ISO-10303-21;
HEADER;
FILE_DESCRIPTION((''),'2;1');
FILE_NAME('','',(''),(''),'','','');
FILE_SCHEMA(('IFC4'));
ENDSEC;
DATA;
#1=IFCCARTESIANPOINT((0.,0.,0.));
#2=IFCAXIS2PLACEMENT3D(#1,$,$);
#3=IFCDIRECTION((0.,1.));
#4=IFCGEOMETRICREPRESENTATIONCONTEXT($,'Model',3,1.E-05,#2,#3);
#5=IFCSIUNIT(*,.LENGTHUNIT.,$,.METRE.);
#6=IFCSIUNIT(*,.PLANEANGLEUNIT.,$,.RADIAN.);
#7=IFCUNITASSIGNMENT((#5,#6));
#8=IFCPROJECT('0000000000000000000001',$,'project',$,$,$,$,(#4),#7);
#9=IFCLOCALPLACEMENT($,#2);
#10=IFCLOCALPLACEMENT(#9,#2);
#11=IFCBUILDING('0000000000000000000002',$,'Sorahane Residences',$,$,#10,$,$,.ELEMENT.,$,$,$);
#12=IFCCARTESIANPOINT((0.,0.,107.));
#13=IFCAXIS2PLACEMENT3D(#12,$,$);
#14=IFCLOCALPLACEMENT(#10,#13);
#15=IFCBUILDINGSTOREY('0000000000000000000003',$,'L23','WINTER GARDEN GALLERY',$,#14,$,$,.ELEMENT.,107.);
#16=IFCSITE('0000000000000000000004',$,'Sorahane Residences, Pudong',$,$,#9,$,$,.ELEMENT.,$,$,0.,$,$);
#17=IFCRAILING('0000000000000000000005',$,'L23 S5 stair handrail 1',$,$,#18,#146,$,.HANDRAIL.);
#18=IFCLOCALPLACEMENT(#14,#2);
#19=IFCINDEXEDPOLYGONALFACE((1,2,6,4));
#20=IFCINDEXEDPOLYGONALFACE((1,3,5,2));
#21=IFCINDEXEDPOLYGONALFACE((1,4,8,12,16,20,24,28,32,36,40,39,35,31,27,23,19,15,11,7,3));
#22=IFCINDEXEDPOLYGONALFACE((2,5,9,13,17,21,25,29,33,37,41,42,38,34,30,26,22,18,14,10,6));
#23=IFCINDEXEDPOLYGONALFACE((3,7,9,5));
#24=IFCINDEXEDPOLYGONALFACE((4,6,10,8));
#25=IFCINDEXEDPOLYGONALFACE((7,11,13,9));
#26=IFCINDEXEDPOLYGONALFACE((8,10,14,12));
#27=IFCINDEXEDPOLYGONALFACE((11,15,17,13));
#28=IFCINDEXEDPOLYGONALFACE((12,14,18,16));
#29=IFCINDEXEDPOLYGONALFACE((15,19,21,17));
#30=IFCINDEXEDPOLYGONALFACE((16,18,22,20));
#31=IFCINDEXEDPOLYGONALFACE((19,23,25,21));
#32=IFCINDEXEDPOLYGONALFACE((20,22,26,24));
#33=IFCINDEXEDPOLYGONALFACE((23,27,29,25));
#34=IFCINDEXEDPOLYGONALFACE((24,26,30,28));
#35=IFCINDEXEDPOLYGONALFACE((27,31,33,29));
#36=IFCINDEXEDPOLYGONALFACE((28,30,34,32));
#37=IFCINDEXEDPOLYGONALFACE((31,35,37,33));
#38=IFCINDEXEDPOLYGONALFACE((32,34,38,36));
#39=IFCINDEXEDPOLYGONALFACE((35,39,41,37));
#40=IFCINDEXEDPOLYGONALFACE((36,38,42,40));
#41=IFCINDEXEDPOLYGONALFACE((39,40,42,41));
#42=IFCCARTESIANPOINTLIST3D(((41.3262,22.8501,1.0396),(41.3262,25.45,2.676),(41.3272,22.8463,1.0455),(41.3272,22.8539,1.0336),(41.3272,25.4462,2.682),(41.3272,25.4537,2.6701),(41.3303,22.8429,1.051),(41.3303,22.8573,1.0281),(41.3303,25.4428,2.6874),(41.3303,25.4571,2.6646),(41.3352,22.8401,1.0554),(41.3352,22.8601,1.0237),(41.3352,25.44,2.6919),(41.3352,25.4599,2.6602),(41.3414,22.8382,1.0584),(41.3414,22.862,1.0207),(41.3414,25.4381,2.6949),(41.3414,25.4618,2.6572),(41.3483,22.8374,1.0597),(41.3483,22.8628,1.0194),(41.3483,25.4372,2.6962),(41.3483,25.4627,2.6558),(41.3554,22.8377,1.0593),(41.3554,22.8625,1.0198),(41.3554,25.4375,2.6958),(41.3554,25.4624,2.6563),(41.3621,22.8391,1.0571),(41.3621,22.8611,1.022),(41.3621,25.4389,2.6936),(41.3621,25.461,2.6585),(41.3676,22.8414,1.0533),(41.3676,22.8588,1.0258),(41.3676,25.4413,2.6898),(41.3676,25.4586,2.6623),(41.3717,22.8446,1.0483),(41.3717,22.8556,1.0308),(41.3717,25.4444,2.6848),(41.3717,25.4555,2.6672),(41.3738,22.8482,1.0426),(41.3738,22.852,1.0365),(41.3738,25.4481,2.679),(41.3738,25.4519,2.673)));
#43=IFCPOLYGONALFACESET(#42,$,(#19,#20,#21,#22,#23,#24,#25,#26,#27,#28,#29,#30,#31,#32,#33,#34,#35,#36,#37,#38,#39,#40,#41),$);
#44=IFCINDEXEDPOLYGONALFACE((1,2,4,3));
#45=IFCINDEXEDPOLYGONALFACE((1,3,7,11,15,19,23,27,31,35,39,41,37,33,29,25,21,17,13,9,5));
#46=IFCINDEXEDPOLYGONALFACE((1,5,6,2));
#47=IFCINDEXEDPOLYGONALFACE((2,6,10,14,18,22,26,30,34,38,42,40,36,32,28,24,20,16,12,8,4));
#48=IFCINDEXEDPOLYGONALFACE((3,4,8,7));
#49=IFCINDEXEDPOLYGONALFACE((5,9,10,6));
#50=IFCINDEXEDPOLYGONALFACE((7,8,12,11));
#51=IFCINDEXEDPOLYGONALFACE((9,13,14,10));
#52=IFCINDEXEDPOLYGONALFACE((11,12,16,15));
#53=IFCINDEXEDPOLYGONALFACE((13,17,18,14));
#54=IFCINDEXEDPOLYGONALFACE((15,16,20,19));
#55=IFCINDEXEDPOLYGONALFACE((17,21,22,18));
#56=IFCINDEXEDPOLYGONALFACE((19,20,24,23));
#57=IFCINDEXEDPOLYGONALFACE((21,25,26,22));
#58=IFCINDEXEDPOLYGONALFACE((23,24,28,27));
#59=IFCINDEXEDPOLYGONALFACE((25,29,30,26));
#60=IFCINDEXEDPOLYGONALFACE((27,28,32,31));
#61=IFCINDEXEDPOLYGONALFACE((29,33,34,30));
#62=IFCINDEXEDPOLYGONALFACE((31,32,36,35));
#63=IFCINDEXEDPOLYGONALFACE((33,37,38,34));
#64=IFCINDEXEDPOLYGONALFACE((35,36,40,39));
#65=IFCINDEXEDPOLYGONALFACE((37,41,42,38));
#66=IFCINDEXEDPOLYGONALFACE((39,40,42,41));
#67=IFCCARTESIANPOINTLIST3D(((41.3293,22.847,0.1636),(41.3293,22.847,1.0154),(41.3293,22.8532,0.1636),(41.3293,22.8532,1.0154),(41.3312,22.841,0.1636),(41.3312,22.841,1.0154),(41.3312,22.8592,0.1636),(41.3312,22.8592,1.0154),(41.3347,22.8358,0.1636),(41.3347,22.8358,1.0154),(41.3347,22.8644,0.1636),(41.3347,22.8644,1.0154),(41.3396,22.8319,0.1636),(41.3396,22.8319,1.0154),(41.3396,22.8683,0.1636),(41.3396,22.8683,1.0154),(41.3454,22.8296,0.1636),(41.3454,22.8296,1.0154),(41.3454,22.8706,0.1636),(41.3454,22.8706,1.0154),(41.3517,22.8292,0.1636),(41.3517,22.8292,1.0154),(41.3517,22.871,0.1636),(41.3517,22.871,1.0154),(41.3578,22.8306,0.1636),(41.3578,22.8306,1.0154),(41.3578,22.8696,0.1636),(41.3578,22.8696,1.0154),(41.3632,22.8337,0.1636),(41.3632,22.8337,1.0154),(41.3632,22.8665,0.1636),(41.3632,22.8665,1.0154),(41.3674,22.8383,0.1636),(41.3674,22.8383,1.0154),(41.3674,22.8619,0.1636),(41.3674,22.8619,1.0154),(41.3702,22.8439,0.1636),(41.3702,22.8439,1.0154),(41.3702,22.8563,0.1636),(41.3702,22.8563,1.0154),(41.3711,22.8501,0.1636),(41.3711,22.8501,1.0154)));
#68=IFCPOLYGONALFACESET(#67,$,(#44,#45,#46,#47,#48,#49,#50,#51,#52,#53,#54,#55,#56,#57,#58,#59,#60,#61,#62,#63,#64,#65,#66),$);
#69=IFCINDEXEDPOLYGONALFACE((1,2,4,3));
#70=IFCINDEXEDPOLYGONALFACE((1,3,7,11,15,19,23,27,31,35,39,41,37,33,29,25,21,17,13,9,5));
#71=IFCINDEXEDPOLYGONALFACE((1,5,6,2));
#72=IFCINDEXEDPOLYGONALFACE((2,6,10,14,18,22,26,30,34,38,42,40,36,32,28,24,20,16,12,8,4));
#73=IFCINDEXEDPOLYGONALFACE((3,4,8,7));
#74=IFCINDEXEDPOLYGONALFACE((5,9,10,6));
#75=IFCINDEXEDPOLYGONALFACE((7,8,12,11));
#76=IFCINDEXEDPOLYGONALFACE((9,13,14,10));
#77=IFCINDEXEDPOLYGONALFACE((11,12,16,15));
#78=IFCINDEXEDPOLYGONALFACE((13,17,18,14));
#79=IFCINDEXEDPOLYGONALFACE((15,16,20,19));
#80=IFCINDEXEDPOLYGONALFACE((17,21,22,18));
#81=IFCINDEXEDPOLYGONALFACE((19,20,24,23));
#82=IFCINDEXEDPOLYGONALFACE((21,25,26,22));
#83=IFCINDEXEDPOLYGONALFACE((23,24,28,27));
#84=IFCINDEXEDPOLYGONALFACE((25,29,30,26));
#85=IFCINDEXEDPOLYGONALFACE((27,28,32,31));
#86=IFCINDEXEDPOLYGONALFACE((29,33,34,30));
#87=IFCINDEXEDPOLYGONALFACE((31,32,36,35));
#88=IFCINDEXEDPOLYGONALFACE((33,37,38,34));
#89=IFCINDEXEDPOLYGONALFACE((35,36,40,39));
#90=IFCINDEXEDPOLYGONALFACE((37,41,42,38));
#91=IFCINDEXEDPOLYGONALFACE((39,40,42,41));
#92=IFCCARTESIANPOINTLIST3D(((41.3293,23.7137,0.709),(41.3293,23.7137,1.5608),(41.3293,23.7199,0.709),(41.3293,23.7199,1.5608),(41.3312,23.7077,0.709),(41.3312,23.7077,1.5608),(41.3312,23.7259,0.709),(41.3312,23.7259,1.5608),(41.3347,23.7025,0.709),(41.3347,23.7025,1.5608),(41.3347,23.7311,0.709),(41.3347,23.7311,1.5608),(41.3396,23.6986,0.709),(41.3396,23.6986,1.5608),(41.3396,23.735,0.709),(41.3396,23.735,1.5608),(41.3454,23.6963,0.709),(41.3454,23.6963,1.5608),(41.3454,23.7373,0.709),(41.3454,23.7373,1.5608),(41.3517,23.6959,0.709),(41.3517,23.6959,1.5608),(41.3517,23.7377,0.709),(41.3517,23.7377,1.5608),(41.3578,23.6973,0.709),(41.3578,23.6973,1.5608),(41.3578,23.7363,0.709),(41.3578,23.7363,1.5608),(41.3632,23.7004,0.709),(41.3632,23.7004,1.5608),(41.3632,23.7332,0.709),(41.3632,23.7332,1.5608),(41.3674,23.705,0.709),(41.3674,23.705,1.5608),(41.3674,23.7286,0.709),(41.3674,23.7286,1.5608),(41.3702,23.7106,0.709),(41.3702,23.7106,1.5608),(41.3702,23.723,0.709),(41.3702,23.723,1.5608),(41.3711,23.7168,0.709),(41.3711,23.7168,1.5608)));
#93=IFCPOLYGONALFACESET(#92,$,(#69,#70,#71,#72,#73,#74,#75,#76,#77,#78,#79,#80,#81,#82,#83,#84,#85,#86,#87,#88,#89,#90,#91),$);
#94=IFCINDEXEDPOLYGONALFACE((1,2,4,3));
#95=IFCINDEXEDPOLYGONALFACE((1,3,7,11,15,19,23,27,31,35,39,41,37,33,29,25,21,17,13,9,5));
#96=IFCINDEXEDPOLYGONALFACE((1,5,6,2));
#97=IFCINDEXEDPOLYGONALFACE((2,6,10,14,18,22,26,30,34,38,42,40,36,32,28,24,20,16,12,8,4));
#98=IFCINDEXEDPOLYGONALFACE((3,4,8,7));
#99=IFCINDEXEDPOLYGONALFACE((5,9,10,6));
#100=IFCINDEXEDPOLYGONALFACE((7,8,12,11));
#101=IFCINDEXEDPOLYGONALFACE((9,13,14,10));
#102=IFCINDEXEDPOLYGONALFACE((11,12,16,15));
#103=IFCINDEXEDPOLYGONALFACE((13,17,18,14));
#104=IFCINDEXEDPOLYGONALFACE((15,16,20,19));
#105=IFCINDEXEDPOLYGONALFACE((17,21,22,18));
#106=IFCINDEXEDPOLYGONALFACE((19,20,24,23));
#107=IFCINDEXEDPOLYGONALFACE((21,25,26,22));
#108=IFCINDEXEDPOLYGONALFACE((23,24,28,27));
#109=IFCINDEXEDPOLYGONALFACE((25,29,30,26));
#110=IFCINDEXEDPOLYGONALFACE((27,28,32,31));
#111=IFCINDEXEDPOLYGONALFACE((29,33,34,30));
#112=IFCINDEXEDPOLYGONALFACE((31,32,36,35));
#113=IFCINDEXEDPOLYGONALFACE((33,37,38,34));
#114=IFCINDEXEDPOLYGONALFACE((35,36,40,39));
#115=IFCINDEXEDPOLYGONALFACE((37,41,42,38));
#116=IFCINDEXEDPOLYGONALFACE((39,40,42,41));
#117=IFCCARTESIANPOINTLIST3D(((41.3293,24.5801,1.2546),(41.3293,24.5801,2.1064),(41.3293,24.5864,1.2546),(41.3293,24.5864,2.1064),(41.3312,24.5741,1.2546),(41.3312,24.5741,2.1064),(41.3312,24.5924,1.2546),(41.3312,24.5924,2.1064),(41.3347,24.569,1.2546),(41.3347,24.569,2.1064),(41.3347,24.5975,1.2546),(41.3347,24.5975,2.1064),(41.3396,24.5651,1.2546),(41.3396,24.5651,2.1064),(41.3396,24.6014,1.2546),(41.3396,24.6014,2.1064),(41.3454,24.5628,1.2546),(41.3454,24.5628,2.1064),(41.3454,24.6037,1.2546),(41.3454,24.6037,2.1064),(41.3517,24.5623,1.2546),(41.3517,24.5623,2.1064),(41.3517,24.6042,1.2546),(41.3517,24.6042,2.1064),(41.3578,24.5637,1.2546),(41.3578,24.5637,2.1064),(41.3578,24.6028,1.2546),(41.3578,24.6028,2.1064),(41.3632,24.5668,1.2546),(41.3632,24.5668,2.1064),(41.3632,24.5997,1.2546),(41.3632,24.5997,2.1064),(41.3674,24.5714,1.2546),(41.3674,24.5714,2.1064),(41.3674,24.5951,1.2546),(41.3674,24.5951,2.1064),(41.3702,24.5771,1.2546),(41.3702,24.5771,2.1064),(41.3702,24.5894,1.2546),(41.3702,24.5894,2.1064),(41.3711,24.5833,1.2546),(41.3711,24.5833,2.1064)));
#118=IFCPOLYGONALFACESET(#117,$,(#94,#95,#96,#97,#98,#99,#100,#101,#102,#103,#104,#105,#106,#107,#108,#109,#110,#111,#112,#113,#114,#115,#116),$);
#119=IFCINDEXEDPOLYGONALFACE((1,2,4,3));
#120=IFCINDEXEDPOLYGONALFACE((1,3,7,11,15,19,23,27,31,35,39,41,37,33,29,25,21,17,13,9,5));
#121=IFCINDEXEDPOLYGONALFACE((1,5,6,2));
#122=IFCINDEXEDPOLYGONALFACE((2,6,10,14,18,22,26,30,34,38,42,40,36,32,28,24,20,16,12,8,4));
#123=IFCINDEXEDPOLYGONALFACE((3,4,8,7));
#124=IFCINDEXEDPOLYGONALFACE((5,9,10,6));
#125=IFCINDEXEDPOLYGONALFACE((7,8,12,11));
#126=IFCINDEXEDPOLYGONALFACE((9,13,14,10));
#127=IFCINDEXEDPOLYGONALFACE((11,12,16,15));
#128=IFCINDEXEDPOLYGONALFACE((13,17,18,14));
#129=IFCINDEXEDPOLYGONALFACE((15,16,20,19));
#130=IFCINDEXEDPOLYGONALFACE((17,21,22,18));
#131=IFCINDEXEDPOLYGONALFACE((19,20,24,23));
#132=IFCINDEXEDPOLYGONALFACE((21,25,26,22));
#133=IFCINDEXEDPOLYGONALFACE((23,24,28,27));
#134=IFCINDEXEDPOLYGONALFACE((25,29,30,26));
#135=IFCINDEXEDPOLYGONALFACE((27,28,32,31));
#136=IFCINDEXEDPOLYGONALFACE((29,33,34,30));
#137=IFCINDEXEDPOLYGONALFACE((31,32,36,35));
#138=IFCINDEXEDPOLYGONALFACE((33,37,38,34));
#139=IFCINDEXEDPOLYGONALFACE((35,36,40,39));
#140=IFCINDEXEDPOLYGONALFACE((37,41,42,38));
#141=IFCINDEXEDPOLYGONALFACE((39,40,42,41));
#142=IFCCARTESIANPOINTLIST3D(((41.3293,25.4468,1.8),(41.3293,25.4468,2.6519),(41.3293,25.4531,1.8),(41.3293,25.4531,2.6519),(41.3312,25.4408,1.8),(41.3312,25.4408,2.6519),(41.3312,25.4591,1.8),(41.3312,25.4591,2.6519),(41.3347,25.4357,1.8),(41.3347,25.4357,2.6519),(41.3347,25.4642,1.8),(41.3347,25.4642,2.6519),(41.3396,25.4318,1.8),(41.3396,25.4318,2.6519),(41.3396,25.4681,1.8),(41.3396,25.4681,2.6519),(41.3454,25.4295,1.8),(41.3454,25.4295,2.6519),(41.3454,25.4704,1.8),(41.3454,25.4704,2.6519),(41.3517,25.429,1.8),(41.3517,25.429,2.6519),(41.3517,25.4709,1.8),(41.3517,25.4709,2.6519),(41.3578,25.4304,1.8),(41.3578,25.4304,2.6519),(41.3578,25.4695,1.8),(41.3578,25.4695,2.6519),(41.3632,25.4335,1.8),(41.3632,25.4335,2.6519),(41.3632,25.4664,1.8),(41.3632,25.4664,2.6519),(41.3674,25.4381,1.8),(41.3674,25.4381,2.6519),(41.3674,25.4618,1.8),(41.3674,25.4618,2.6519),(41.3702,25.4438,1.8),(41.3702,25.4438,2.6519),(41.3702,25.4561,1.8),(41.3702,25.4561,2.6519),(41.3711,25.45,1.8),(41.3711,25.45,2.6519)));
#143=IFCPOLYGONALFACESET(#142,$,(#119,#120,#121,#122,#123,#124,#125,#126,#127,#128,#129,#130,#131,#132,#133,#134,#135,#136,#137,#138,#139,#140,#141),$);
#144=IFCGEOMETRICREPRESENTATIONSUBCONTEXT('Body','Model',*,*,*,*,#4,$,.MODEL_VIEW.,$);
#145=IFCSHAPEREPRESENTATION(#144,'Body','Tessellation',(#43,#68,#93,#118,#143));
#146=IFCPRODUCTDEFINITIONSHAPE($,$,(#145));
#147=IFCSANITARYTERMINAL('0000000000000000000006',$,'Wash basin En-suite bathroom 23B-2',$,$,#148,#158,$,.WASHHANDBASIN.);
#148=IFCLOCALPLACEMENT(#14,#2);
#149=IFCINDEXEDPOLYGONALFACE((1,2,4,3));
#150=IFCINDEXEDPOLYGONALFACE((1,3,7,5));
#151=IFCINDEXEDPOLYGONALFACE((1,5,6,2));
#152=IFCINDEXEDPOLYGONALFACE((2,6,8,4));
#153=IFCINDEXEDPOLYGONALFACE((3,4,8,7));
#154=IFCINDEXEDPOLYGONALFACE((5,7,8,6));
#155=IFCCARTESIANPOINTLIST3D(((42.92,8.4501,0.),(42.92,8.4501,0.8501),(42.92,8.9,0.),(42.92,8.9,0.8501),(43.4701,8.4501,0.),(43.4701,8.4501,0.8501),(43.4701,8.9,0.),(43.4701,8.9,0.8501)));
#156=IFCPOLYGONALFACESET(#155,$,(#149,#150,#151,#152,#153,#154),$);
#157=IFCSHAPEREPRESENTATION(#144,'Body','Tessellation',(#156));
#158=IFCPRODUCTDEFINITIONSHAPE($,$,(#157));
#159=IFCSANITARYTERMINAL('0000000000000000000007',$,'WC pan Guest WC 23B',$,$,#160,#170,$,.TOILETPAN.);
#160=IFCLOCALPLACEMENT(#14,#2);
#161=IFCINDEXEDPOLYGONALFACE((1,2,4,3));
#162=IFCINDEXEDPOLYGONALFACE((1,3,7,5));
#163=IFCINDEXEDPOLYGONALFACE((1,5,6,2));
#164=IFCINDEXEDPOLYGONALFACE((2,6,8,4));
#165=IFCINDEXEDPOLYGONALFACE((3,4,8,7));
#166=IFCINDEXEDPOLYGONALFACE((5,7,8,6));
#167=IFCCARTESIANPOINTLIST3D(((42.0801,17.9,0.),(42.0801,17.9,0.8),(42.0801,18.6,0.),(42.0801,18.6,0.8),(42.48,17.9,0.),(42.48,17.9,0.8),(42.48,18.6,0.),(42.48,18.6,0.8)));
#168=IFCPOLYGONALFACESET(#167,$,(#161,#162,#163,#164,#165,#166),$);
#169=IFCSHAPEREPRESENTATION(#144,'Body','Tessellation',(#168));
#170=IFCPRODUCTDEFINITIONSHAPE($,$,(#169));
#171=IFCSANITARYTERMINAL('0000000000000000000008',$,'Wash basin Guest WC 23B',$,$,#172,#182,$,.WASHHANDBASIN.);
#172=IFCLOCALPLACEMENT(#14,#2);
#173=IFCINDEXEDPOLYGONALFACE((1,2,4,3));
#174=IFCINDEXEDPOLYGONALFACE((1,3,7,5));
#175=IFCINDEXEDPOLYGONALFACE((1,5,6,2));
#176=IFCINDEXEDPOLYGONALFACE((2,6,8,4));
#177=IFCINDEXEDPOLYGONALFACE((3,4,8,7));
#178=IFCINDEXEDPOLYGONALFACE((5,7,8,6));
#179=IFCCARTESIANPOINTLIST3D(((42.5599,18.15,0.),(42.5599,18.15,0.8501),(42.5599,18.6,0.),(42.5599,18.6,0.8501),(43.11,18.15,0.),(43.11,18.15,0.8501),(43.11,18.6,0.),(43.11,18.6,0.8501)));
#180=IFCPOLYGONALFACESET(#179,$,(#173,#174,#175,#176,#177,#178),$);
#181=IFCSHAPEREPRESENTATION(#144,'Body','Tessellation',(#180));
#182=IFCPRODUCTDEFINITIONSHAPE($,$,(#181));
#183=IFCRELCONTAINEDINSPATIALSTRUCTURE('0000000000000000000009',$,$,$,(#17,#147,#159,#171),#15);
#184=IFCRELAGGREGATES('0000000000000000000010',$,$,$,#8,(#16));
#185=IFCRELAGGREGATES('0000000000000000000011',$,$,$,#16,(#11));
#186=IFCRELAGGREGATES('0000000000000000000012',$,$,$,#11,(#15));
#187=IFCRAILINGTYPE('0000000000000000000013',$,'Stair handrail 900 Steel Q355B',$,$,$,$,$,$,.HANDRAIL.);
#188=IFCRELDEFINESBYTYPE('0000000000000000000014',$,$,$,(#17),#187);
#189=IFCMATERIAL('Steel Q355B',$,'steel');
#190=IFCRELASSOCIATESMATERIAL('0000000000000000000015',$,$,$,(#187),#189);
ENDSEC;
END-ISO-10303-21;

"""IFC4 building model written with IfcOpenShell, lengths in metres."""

from ifc_helpers import new_model, si_unit, direction, frame, origin, origin_2d, place, context, subcontext, project, spatial, rectangle, circle, extrude, material, type_object, element, save


model = new_model("IFC4")

# Units and contexts
model_context = context("Model", 3, precision=1e-05, world=origin(), true_north=direction((0.0, 1.0)))
body_context = subcontext(model_context, "Body", "Model", "MODEL_VIEW")
ifc_project = project(units=[si_unit("LENGTHUNIT", "METRE"), si_unit("PLANEANGLEUNIT", "RADIAN")], contexts=[model_context])

# Site, building, storey
site_placement = place(None, origin())
site = spatial("IfcSite", under=ifc_project, at=site_placement, Name="Sorahane Residences, Pudong", CompositionType="ELEMENT", RefElevation=0.0)
building_placement = place(site_placement, origin())
building = spatial("IfcBuilding", under=site, at=building_placement, Name="Sorahane Residences", CompositionType="ELEMENT")
storey_placement = place(building_placement, frame((0.0, 0.0, 107.0)))
storey = spatial("IfcBuildingStorey", under=building, at=storey_placement, Name="L23", Description="WINTER GARDEN GALLERY", CompositionType="ELEMENT", Elevation=107.0)

# Railing
ifc_material_1 = material(Name="Steel Q355B", Category="steel")
railing_type_1 = type_object("IfcRailingType", Name="Stair handrail 900 Steel Q355B", PredefinedType="HANDRAIL", material=ifc_material_1)
railing_1_placement = place(storey_placement, frame((41.3501, 22.8501, 0.1636)))
element("IfcRailing", 1, at=railing_1_placement, inside=storey, type_object=railing_type_1, Name="L23 S5 stair handrail 1", PredefinedType="HANDRAIL", context=body_context, shape_type="SweptSolid", body=[
    extrude(circle(Radius=0.0239, at=origin_2d()), frame((0.0, 0.0, 0.876), z_axis=(0.0, 0.846302, 0.532704), x_axis=(-1.0, 0.0, 0.0)), (0.0, 0.0, 1.0), 3.072),
    extrude(circle(Radius=0.021, at=origin_2d()), origin(), (0.0, 0.0, 1.0), 0.8518),
    extrude(circle(Radius=0.021, at=origin_2d()), frame((0.0, 0.8667, 0.5454)), (0.0, 0.0, 1.0), 0.8518),
    extrude(circle(Radius=0.021, at=origin_2d()), frame((0.0, 1.7332, 1.0911)), (0.0, 0.0, 1.0), 0.8518),
    extrude(circle(Radius=0.021, at=origin_2d()), frame((0.0, 2.5999, 1.6365)), (0.0, 0.0, 1.0), 0.8518),
])

# Sanitary terminals
sanitary_terminal_1_placement = place(storey_placement, frame((43.1951, 8.675, 0.0), z_axis=(0.0, 0.0, 1.0), x_axis=(1.0, 0.0, 0.0)))
element("IfcSanitaryTerminal", 2, at=sanitary_terminal_1_placement, inside=storey, Name="Wash basin En-suite bathroom 23B-2", PredefinedType="WASHHANDBASIN", context=body_context, shape_type="SweptSolid", body=[
    extrude(rectangle(XDim=0.55, YDim=0.45, at=origin_2d()), origin(), (0.0, 0.0, 1.0), 0.8501),
])
sanitary_terminal_2_placement = place(storey_placement, frame((42.28, 18.25, 0.0), z_axis=(0.0, 0.0, 1.0), x_axis=(1.0, 0.0, 0.0)))
element("IfcSanitaryTerminal", 3, at=sanitary_terminal_2_placement, inside=storey, Name="WC pan Guest WC 23B", PredefinedType="TOILETPAN", context=body_context, shape_type="SweptSolid", body=[
    extrude(rectangle(XDim=0.3999, YDim=0.7, at=origin_2d()), origin(), (0.0, 0.0, 1.0), 0.8),
])
sanitary_terminal_3_placement = place(storey_placement, frame((42.835, 18.375, 0.0), z_axis=(0.0, 0.0, 1.0), x_axis=(1.0, 0.0, 0.0)))
element("IfcSanitaryTerminal", 4, at=sanitary_terminal_3_placement, inside=storey, Name="Wash basin Guest WC 23B", PredefinedType="WASHHANDBASIN", context=body_context, shape_type="SweptSolid", body=[
    extrude(rectangle(XDim=0.55, YDim=0.45, at=origin_2d()), origin(), (0.0, 0.0, 1.0), 0.8501),
])

save(model, "model.ifc")
